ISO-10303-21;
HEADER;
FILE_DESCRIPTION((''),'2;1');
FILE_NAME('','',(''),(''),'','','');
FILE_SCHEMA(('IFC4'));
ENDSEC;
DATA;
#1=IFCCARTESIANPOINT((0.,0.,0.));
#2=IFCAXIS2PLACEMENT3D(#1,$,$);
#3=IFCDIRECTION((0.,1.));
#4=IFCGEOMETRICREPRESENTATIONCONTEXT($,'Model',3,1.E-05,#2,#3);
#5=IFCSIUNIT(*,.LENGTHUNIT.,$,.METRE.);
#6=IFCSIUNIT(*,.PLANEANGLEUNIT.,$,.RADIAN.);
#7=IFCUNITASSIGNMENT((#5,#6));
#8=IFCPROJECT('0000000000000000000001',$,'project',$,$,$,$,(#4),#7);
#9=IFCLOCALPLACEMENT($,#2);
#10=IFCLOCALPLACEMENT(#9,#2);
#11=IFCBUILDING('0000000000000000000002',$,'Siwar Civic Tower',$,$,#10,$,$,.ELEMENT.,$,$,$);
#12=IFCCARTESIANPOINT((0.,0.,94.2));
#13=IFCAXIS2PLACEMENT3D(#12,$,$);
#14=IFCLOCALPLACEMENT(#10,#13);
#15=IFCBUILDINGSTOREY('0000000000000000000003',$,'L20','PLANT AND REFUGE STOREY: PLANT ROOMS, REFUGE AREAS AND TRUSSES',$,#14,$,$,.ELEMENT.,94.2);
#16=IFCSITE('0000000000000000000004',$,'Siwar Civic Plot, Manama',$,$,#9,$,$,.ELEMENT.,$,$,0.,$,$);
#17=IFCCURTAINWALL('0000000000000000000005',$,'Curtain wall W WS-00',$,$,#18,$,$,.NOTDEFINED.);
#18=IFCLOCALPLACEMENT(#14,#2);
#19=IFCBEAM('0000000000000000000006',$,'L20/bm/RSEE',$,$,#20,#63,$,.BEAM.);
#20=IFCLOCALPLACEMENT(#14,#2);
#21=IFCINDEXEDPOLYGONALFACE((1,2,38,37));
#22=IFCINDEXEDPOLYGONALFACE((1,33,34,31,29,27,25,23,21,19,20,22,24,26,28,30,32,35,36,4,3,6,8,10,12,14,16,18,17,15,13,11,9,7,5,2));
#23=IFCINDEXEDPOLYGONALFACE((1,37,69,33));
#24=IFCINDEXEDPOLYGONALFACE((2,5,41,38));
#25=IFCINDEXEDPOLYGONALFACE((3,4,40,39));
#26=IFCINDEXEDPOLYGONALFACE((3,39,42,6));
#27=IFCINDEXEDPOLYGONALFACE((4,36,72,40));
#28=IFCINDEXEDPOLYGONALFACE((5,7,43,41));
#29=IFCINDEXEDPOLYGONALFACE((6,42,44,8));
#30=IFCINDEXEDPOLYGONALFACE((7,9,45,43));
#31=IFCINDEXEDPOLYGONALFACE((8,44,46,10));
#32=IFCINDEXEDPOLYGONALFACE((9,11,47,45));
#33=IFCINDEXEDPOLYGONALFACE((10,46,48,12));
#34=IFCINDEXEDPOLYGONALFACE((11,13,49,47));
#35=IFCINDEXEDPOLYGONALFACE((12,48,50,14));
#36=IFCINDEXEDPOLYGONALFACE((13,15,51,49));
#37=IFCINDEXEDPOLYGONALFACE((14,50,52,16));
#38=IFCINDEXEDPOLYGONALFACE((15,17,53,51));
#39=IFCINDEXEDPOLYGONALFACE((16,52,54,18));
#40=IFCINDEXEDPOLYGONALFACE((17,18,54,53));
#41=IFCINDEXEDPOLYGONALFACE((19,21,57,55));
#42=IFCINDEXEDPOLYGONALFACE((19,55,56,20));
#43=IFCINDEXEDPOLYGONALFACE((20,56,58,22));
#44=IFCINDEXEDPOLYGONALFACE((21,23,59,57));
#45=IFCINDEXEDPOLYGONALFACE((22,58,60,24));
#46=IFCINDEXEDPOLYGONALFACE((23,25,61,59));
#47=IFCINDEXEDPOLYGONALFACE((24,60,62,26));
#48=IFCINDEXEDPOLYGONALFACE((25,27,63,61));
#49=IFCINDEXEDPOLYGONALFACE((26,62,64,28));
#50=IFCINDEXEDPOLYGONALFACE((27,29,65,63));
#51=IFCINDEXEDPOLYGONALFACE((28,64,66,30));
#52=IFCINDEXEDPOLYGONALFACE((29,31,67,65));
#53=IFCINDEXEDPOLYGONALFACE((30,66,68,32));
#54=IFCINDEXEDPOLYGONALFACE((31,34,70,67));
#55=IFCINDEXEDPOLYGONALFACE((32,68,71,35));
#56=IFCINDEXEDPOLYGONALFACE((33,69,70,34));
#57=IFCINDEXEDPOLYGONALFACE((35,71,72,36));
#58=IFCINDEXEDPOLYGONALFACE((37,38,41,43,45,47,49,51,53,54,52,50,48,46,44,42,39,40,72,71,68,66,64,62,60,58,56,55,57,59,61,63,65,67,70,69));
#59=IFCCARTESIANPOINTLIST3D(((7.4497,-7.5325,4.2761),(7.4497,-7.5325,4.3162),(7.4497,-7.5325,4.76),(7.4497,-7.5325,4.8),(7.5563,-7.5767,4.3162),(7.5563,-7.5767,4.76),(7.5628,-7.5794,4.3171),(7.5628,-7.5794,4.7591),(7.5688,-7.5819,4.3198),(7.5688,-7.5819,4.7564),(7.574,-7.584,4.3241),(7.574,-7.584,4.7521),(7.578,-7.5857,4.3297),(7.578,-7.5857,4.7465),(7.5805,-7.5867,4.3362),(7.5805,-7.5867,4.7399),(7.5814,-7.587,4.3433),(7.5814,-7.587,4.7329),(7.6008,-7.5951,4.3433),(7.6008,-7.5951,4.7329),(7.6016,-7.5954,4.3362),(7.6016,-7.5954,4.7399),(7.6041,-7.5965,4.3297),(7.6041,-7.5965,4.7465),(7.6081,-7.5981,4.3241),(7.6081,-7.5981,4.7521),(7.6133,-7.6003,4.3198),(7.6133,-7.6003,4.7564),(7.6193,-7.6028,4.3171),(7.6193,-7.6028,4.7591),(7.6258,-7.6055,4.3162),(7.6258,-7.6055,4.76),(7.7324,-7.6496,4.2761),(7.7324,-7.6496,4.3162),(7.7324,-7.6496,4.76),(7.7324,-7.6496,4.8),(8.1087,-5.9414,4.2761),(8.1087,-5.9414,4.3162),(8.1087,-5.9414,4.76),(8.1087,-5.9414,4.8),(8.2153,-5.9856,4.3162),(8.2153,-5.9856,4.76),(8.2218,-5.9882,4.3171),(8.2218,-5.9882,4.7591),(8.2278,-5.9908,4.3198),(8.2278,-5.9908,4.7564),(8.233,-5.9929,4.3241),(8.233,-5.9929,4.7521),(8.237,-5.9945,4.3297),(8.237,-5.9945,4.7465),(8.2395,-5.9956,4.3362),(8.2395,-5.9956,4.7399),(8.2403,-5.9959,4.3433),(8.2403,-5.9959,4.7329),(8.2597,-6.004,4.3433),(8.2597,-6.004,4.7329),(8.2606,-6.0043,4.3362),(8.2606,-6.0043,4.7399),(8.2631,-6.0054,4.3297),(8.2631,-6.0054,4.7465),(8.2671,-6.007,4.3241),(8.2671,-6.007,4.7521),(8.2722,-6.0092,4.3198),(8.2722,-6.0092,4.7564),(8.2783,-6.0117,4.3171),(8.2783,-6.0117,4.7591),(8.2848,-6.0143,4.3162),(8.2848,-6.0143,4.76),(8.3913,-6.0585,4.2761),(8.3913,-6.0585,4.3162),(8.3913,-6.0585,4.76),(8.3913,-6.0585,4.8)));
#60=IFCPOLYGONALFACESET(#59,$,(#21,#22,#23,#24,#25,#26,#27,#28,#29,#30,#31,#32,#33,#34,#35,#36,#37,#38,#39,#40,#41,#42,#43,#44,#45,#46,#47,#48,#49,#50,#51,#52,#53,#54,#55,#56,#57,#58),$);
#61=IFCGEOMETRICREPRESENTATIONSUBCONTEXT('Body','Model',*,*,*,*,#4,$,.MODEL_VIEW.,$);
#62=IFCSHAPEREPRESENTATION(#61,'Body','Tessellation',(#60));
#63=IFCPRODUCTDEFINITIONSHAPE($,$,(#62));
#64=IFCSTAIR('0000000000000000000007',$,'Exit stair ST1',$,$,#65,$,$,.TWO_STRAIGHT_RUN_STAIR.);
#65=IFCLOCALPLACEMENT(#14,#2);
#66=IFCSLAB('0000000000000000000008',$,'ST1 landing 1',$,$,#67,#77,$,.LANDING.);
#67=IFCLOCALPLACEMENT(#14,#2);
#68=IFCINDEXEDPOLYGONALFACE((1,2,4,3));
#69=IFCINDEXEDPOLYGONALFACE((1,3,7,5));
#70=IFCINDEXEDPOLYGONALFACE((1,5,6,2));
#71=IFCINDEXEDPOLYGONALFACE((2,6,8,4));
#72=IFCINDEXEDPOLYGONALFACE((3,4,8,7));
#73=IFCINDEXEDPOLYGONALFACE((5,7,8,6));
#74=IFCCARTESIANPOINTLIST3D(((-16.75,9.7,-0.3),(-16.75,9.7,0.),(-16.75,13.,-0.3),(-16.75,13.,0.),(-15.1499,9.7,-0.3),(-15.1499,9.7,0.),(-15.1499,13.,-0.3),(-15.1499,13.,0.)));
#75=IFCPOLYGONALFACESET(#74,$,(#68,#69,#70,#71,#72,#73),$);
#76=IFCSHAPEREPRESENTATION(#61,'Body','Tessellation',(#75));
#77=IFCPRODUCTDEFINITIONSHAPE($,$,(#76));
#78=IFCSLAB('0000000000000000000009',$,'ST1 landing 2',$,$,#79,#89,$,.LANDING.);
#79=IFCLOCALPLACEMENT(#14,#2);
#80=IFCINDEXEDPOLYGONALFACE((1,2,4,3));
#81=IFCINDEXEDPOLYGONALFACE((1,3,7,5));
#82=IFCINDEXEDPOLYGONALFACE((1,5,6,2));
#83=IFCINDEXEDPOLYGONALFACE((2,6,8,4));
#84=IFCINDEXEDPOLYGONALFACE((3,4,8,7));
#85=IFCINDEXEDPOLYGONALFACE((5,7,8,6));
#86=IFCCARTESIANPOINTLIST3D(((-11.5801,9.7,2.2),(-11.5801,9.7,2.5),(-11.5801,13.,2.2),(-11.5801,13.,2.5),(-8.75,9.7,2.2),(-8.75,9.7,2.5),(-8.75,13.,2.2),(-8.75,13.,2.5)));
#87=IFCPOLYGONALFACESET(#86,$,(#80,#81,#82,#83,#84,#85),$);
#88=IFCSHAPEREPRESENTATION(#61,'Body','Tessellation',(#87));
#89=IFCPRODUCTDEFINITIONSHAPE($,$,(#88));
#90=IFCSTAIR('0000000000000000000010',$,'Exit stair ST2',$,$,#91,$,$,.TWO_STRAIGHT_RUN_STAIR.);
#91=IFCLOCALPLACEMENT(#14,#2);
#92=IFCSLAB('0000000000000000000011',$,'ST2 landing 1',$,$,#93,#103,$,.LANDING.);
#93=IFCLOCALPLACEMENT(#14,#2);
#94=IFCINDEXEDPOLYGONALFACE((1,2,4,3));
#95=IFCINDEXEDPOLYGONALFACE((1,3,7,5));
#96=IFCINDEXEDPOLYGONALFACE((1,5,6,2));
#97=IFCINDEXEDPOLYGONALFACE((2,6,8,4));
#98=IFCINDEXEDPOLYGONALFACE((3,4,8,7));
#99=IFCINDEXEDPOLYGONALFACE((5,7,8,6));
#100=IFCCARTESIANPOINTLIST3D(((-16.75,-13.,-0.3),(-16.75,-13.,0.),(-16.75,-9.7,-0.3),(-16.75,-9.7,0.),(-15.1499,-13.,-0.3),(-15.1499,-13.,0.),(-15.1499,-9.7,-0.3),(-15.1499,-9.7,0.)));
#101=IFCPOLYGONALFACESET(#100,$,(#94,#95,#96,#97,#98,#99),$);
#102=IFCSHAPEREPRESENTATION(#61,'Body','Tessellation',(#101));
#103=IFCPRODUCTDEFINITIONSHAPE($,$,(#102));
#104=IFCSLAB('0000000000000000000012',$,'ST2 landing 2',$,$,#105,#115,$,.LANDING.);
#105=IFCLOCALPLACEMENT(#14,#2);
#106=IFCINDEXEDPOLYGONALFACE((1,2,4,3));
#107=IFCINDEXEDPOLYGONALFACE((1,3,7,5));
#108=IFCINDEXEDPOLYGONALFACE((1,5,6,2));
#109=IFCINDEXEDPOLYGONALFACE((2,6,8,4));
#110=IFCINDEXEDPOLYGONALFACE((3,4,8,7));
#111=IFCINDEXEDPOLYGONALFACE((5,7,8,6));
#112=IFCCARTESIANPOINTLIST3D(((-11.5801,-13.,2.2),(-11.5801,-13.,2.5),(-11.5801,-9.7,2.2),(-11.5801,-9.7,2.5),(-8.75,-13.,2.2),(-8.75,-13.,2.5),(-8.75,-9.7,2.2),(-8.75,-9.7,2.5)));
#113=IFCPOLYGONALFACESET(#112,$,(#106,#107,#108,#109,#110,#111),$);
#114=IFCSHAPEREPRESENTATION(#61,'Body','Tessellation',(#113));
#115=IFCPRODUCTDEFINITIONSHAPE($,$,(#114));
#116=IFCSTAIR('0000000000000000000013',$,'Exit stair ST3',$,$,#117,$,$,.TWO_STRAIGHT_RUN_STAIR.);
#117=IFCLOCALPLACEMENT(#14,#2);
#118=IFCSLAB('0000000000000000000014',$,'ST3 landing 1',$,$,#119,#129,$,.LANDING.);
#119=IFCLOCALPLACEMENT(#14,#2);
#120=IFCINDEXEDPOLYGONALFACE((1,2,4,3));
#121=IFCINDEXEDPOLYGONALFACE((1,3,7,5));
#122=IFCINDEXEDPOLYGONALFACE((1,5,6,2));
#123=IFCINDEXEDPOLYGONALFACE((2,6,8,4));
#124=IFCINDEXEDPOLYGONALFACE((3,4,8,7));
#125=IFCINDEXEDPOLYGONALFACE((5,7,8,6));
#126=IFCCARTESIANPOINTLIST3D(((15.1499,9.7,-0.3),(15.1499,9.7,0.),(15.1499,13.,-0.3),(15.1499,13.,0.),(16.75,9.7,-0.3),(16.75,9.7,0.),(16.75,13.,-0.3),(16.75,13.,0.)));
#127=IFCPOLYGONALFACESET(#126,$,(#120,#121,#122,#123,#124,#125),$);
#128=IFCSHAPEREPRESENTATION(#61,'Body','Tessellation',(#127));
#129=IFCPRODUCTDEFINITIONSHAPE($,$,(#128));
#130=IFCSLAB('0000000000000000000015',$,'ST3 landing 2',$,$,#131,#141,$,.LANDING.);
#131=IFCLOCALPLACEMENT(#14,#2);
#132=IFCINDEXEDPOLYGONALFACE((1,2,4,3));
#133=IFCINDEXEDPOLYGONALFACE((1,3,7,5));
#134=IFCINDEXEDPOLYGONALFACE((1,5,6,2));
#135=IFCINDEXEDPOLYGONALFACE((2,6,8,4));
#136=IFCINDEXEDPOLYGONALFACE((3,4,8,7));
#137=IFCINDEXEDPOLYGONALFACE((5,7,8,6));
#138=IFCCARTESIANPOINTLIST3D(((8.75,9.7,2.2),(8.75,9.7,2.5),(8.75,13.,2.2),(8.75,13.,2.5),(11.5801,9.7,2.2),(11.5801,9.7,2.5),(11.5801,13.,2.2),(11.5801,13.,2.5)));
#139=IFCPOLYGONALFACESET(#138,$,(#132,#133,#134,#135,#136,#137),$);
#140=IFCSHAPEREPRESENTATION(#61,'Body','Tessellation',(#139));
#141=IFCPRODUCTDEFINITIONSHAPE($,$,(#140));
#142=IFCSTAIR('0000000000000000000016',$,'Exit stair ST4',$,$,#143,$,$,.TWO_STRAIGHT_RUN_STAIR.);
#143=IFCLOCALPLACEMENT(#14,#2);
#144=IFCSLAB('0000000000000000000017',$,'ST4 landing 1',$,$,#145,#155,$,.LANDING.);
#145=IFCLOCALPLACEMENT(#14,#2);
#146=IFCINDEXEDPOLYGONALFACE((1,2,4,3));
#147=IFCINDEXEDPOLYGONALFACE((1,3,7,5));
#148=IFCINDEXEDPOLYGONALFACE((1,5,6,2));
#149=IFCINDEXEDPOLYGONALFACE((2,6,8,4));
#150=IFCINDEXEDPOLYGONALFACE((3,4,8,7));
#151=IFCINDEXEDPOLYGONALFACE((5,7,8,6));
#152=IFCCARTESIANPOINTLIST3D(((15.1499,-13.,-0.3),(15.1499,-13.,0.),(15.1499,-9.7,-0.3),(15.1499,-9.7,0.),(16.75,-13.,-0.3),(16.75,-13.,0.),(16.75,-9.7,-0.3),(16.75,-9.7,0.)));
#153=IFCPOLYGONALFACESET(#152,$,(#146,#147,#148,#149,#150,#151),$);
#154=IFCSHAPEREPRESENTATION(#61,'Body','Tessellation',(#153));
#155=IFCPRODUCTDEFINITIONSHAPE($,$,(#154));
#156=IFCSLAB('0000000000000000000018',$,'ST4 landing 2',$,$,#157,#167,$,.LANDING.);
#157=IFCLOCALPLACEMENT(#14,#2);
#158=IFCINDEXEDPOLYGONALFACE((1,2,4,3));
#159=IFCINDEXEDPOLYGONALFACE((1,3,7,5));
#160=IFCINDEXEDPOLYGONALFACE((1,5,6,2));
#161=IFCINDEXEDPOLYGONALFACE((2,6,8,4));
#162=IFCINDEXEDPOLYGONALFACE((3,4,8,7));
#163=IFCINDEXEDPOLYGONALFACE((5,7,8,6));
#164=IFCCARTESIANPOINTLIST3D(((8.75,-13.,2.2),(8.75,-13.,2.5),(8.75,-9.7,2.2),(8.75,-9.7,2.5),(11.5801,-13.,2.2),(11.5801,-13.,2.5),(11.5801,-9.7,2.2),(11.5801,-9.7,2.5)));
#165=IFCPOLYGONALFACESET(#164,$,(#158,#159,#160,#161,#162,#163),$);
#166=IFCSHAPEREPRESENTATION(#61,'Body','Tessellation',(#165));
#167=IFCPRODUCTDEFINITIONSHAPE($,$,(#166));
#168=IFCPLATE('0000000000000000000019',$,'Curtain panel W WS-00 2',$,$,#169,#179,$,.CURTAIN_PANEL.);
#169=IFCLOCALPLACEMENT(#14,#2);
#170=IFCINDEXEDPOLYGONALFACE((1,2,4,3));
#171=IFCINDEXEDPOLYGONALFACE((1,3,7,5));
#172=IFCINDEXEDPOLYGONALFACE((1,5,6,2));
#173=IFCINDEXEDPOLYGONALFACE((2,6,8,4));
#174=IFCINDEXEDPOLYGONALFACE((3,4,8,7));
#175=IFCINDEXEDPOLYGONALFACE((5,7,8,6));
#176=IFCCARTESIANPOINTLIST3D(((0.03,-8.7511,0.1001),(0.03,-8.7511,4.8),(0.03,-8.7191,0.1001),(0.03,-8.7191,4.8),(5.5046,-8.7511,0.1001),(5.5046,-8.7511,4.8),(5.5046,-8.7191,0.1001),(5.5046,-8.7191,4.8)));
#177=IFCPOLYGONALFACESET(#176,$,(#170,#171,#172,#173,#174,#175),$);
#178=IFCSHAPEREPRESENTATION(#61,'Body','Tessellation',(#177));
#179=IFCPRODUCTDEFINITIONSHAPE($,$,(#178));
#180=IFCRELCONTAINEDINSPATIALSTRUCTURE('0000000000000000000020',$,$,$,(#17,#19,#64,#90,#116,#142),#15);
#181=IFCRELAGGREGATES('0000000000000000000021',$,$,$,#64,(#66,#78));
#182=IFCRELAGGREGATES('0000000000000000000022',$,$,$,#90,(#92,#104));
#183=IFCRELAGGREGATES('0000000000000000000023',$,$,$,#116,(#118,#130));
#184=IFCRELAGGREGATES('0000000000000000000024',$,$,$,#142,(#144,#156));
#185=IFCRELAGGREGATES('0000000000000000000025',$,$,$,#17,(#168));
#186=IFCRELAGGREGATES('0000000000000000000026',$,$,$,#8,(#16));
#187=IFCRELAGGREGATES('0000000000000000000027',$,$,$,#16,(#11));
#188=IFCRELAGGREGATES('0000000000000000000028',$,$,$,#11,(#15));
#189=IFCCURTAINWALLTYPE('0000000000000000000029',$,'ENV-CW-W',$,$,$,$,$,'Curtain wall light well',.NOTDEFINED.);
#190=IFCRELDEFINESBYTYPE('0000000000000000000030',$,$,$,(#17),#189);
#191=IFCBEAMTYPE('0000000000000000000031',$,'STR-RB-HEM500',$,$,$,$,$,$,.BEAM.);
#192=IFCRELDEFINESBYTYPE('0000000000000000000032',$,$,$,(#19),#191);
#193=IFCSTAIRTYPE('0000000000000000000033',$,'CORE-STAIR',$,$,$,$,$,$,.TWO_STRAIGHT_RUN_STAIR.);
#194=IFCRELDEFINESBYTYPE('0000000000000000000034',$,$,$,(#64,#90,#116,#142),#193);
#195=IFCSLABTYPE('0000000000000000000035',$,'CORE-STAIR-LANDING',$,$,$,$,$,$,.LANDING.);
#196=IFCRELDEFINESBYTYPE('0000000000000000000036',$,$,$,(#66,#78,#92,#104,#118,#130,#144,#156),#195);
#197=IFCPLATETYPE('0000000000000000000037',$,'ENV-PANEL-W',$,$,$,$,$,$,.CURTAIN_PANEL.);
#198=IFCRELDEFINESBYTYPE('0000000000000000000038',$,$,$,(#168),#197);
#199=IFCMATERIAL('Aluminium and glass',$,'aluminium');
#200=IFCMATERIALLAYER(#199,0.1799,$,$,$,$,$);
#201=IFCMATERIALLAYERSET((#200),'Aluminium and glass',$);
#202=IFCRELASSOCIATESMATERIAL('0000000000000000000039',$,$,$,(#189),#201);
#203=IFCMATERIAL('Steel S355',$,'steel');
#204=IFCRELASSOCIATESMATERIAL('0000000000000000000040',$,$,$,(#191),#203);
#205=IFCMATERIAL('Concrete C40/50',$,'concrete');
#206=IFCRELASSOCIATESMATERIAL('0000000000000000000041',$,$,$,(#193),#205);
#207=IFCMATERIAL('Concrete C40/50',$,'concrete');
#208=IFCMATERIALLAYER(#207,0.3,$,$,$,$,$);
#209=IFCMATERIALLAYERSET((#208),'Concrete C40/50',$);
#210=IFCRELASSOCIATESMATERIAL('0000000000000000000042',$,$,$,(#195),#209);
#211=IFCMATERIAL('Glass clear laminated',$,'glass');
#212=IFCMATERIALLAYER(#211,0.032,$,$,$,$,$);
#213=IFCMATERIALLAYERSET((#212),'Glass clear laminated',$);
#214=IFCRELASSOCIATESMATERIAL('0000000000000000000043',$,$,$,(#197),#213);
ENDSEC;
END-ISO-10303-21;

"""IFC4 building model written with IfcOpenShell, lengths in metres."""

from ifc_helpers import new_model, si_unit, direction, frame, origin, origin_2d, place, context, subcontext, project, spatial, polyline, rectangle, i_section, outline, extrude, material, layer, layer_set, material_profile, profile_set, type_object, element, aggregate, save


model = new_model("IFC4")

# Units and contexts
model_context = context("Model", 3, precision=1e-05, world=origin(), true_north=direction((0.0, 1.0)))
body_context = subcontext(model_context, "Body", "Model", "MODEL_VIEW")
ifc_project = project(units=[si_unit("LENGTHUNIT", "METRE"), si_unit("PLANEANGLEUNIT", "RADIAN")], contexts=[model_context])

# Site, building, storey
site_placement = place(None, origin())
site = spatial("IfcSite", under=ifc_project, at=site_placement, Name="Siwar Civic Plot, Manama", CompositionType="ELEMENT", RefElevation=0.0)
building_placement = place(site_placement, origin())
building = spatial("IfcBuilding", under=site, at=building_placement, Name="Siwar Civic Tower", CompositionType="ELEMENT")
storey_placement = place(building_placement, frame((0.0, 0.0, 94.2)))
storey = spatial("IfcBuildingStorey", under=building, at=storey_placement, Name="L20", Description="PLANT AND REFUGE STOREY: PLANT ROOMS, REFUGE AREAS AND TRUSSES", CompositionType="ELEMENT", Elevation=94.2)

# Curtain wall
ifc_material_1 = material(Name="Aluminium and glass", Category="aluminium")
ifc_layer_1 = layer(ifc_material_1, 0.1799)
ifc_layer_set_1 = layer_set([ifc_layer_1], Name="Aluminium and glass")
curtain_wall_type = type_object("IfcCurtainWallType", Name="ENV-CW-W", ElementType="Curtain wall light well", PredefinedType="NOTDEFINED", material=ifc_layer_set_1)
curtain_wall_placement = place(storey_placement, origin())
curtain_wall = element("IfcCurtainWall", 1, at=curtain_wall_placement, inside=storey, type_object=curtain_wall_type, Name="Curtain wall W WS-00", PredefinedType="NOTDEFINED")

# Beam
ifc_material_2 = material(Name="Steel S355", Category="steel")
ifc_material_profile_1 = material_profile(ifc_material_2, i_section(OverallWidth=0.3059, OverallDepth=0.5239, WebThickness=0.021, FlangeThickness=0.04, FilletRadius=0.0271, at=origin_2d()), Name="HEM500")
ifc_profile_set_1 = profile_set([ifc_material_profile_1], Name="Steel S355")
beam_type = type_object("IfcBeamType", Name="STR-RB-HEM500", PredefinedType="BEAM", material=ifc_profile_set_1)
for number, where, z_axis, x_axis, name in (
    (2, (7.5911, -7.5911, 4.5381), (0.382631, 0.923901, 0.0), (-0.923901, 0.382631, 0.0), "L20/bm/RSEE"),
):
    element("IfcBeam", number, at=place(storey_placement, frame(where, z_axis=z_axis, x_axis=x_axis)), inside=storey, type_object=beam_type, Name=name, PredefinedType="BEAM", context=body_context, shape_type="SweptSolid", body=[
        extrude(i_section(OverallWidth=0.3059, OverallDepth=0.5239, WebThickness=0.021, FlangeThickness=0.04, FilletRadius=0.0271, at=origin_2d()), origin(), (0.0, 0.0, 1.0), 1.7222),
    ])

# Stairs, slabs
ifc_material_3 = material(Name="Concrete C40/50", Category="concrete")
stair_type = type_object("IfcStairType", Name="CORE-STAIR", PredefinedType="TWO_STRAIGHT_RUN_STAIR", material=ifc_material_3)
stair_1_placement = place(storey_placement, origin())
stair_1 = element("IfcStair", 3, at=stair_1_placement, inside=storey, type_object=stair_type, Name="Exit stair ST1", PredefinedType="TWO_STRAIGHT_RUN_STAIR")
ifc_material_4 = material(Name="Concrete C40/50", Category="concrete")
ifc_layer_2 = layer(ifc_material_4, 0.3)
ifc_layer_set_2 = layer_set([ifc_layer_2], Name="Concrete C40/50")
slab_type = type_object("IfcSlabType", Name="CORE-STAIR-LANDING", PredefinedType="LANDING", material=ifc_layer_set_2)
slab_1_placement = place(storey_placement, frame((0.0, 0.0, -0.3)))
slab_1 = element("IfcSlab", 4, at=slab_1_placement, type_object=slab_type, Name="ST1 landing 1", PredefinedType="LANDING", context=body_context, shape_type="SweptSolid", body=[
    extrude(outline(polyline([(-15.1499, 13.0), (-16.75, 13.0), (-16.75, 9.7), (-15.1499, 9.7), (-15.1499, 13.0)])), origin(), (0.0, 0.0, 1.0), 0.3),
])
slab_2_placement = place(storey_placement, frame((0.0, 0.0, 2.2)))
slab_2 = element("IfcSlab", 5, at=slab_2_placement, type_object=slab_type, Name="ST1 landing 2", PredefinedType="LANDING", context=body_context, shape_type="SweptSolid", body=[
    extrude(outline(polyline([(-8.75, 13.0), (-11.5801, 13.0), (-11.5801, 9.7), (-8.75, 9.7), (-8.75, 13.0)])), origin(), (0.0, 0.0, 1.0), 0.3),
])
aggregate(stair_1, [slab_1, slab_2])
stair_2_placement = place(storey_placement, origin())
stair_2 = element("IfcStair", 6, at=stair_2_placement, inside=storey, type_object=stair_type, Name="Exit stair ST2", PredefinedType="TWO_STRAIGHT_RUN_STAIR")
slab_3_placement = place(storey_placement, frame((0.0, 0.0, -0.3)))
slab_3 = element("IfcSlab", 7, at=slab_3_placement, type_object=slab_type, Name="ST2 landing 1", PredefinedType="LANDING", context=body_context, shape_type="SweptSolid", body=[
    extrude(outline(polyline([(-15.1499, -9.7), (-16.75, -9.7), (-16.75, -13.0), (-15.1499, -13.0), (-15.1499, -9.7)])), origin(), (0.0, 0.0, 1.0), 0.3),
])
slab_4_placement = place(storey_placement, frame((0.0, 0.0, 2.2)))
slab_4 = element("IfcSlab", 8, at=slab_4_placement, type_object=slab_type, Name="ST2 landing 2", PredefinedType="LANDING", context=body_context, shape_type="SweptSolid", body=[
    extrude(outline(polyline([(-8.75, -9.7), (-11.5801, -9.7), (-11.5801, -13.0), (-8.75, -13.0), (-8.75, -9.7)])), origin(), (0.0, 0.0, 1.0), 0.3),
])
aggregate(stair_2, [slab_3, slab_4])
stair_3_placement = place(storey_placement, origin())
stair_3 = element("IfcStair", 9, at=stair_3_placement, inside=storey, type_object=stair_type, Name="Exit stair ST3", PredefinedType="TWO_STRAIGHT_RUN_STAIR")
slab_5_placement = place(storey_placement, frame((0.0, 0.0, -0.3)))
slab_5 = element("IfcSlab", 10, at=slab_5_placement, type_object=slab_type, Name="ST3 landing 1", PredefinedType="LANDING", context=body_context, shape_type="SweptSolid", body=[
    extrude(outline(polyline([(15.1499, 9.7), (16.75, 9.7), (16.75, 13.0), (15.1499, 13.0), (15.1499, 9.7)])), origin(), (0.0, 0.0, 1.0), 0.3),
])
slab_6_placement = place(storey_placement, frame((0.0, 0.0, 2.2)))
slab_6 = element("IfcSlab", 11, at=slab_6_placement, type_object=slab_type, Name="ST3 landing 2", PredefinedType="LANDING", context=body_context, shape_type="SweptSolid", body=[
    extrude(outline(polyline([(8.75, 9.7), (11.5801, 9.7), (11.5801, 13.0), (8.75, 13.0), (8.75, 9.7)])), origin(), (0.0, 0.0, 1.0), 0.3),
])
aggregate(stair_3, [slab_5, slab_6])
stair_4_placement = place(storey_placement, origin())
stair_4 = element("IfcStair", 12, at=stair_4_placement, inside=storey, type_object=stair_type, Name="Exit stair ST4", PredefinedType="TWO_STRAIGHT_RUN_STAIR")
slab_7_placement = place(storey_placement, frame((0.0, 0.0, -0.3)))
slab_7 = element("IfcSlab", 13, at=slab_7_placement, type_object=slab_type, Name="ST4 landing 1", PredefinedType="LANDING", context=body_context, shape_type="SweptSolid", body=[
    extrude(outline(polyline([(15.1499, -13.0), (16.75, -13.0), (16.75, -9.7), (15.1499, -9.7), (15.1499, -13.0)])), origin(), (0.0, 0.0, 1.0), 0.3),
])
slab_8_placement = place(storey_placement, frame((0.0, 0.0, 2.2)))
slab_8 = element("IfcSlab", 14, at=slab_8_placement, type_object=slab_type, Name="ST4 landing 2", PredefinedType="LANDING", context=body_context, shape_type="SweptSolid", body=[
    extrude(outline(polyline([(8.75, -13.0), (11.5801, -13.0), (11.5801, -9.7), (8.75, -9.7), (8.75, -13.0)])), origin(), (0.0, 0.0, 1.0), 0.3),
])
aggregate(stair_4, [slab_7, slab_8])

# Plate
ifc_material_5 = material(Name="Glass clear laminated", Category="glass")
ifc_layer_3 = layer(ifc_material_5, 0.032)
ifc_layer_set_3 = layer_set([ifc_layer_3], Name="Glass clear laminated")
plate_type = type_object("IfcPlateType", Name="ENV-PANEL-W", PredefinedType="CURTAIN_PANEL", material=ifc_layer_set_3)
plate_placement = place(storey_placement, frame((2.7673, -8.7351, 0.1001), z_axis=(0.0, 0.0, 1.0), x_axis=(1.0, 0.0, 0.0)))
plate = element("IfcPlate", 15, at=plate_placement, type_object=plate_type, Name="Curtain panel W WS-00 2", PredefinedType="CURTAIN_PANEL", context=body_context, shape_type="SweptSolid", body=[
    extrude(rectangle(XDim=5.4746, YDim=0.032, at=origin_2d()), origin(), (0.0, 0.0, 1.0), 4.7),
])
aggregate(curtain_wall, [plate])

save(model, "model.ifc")
